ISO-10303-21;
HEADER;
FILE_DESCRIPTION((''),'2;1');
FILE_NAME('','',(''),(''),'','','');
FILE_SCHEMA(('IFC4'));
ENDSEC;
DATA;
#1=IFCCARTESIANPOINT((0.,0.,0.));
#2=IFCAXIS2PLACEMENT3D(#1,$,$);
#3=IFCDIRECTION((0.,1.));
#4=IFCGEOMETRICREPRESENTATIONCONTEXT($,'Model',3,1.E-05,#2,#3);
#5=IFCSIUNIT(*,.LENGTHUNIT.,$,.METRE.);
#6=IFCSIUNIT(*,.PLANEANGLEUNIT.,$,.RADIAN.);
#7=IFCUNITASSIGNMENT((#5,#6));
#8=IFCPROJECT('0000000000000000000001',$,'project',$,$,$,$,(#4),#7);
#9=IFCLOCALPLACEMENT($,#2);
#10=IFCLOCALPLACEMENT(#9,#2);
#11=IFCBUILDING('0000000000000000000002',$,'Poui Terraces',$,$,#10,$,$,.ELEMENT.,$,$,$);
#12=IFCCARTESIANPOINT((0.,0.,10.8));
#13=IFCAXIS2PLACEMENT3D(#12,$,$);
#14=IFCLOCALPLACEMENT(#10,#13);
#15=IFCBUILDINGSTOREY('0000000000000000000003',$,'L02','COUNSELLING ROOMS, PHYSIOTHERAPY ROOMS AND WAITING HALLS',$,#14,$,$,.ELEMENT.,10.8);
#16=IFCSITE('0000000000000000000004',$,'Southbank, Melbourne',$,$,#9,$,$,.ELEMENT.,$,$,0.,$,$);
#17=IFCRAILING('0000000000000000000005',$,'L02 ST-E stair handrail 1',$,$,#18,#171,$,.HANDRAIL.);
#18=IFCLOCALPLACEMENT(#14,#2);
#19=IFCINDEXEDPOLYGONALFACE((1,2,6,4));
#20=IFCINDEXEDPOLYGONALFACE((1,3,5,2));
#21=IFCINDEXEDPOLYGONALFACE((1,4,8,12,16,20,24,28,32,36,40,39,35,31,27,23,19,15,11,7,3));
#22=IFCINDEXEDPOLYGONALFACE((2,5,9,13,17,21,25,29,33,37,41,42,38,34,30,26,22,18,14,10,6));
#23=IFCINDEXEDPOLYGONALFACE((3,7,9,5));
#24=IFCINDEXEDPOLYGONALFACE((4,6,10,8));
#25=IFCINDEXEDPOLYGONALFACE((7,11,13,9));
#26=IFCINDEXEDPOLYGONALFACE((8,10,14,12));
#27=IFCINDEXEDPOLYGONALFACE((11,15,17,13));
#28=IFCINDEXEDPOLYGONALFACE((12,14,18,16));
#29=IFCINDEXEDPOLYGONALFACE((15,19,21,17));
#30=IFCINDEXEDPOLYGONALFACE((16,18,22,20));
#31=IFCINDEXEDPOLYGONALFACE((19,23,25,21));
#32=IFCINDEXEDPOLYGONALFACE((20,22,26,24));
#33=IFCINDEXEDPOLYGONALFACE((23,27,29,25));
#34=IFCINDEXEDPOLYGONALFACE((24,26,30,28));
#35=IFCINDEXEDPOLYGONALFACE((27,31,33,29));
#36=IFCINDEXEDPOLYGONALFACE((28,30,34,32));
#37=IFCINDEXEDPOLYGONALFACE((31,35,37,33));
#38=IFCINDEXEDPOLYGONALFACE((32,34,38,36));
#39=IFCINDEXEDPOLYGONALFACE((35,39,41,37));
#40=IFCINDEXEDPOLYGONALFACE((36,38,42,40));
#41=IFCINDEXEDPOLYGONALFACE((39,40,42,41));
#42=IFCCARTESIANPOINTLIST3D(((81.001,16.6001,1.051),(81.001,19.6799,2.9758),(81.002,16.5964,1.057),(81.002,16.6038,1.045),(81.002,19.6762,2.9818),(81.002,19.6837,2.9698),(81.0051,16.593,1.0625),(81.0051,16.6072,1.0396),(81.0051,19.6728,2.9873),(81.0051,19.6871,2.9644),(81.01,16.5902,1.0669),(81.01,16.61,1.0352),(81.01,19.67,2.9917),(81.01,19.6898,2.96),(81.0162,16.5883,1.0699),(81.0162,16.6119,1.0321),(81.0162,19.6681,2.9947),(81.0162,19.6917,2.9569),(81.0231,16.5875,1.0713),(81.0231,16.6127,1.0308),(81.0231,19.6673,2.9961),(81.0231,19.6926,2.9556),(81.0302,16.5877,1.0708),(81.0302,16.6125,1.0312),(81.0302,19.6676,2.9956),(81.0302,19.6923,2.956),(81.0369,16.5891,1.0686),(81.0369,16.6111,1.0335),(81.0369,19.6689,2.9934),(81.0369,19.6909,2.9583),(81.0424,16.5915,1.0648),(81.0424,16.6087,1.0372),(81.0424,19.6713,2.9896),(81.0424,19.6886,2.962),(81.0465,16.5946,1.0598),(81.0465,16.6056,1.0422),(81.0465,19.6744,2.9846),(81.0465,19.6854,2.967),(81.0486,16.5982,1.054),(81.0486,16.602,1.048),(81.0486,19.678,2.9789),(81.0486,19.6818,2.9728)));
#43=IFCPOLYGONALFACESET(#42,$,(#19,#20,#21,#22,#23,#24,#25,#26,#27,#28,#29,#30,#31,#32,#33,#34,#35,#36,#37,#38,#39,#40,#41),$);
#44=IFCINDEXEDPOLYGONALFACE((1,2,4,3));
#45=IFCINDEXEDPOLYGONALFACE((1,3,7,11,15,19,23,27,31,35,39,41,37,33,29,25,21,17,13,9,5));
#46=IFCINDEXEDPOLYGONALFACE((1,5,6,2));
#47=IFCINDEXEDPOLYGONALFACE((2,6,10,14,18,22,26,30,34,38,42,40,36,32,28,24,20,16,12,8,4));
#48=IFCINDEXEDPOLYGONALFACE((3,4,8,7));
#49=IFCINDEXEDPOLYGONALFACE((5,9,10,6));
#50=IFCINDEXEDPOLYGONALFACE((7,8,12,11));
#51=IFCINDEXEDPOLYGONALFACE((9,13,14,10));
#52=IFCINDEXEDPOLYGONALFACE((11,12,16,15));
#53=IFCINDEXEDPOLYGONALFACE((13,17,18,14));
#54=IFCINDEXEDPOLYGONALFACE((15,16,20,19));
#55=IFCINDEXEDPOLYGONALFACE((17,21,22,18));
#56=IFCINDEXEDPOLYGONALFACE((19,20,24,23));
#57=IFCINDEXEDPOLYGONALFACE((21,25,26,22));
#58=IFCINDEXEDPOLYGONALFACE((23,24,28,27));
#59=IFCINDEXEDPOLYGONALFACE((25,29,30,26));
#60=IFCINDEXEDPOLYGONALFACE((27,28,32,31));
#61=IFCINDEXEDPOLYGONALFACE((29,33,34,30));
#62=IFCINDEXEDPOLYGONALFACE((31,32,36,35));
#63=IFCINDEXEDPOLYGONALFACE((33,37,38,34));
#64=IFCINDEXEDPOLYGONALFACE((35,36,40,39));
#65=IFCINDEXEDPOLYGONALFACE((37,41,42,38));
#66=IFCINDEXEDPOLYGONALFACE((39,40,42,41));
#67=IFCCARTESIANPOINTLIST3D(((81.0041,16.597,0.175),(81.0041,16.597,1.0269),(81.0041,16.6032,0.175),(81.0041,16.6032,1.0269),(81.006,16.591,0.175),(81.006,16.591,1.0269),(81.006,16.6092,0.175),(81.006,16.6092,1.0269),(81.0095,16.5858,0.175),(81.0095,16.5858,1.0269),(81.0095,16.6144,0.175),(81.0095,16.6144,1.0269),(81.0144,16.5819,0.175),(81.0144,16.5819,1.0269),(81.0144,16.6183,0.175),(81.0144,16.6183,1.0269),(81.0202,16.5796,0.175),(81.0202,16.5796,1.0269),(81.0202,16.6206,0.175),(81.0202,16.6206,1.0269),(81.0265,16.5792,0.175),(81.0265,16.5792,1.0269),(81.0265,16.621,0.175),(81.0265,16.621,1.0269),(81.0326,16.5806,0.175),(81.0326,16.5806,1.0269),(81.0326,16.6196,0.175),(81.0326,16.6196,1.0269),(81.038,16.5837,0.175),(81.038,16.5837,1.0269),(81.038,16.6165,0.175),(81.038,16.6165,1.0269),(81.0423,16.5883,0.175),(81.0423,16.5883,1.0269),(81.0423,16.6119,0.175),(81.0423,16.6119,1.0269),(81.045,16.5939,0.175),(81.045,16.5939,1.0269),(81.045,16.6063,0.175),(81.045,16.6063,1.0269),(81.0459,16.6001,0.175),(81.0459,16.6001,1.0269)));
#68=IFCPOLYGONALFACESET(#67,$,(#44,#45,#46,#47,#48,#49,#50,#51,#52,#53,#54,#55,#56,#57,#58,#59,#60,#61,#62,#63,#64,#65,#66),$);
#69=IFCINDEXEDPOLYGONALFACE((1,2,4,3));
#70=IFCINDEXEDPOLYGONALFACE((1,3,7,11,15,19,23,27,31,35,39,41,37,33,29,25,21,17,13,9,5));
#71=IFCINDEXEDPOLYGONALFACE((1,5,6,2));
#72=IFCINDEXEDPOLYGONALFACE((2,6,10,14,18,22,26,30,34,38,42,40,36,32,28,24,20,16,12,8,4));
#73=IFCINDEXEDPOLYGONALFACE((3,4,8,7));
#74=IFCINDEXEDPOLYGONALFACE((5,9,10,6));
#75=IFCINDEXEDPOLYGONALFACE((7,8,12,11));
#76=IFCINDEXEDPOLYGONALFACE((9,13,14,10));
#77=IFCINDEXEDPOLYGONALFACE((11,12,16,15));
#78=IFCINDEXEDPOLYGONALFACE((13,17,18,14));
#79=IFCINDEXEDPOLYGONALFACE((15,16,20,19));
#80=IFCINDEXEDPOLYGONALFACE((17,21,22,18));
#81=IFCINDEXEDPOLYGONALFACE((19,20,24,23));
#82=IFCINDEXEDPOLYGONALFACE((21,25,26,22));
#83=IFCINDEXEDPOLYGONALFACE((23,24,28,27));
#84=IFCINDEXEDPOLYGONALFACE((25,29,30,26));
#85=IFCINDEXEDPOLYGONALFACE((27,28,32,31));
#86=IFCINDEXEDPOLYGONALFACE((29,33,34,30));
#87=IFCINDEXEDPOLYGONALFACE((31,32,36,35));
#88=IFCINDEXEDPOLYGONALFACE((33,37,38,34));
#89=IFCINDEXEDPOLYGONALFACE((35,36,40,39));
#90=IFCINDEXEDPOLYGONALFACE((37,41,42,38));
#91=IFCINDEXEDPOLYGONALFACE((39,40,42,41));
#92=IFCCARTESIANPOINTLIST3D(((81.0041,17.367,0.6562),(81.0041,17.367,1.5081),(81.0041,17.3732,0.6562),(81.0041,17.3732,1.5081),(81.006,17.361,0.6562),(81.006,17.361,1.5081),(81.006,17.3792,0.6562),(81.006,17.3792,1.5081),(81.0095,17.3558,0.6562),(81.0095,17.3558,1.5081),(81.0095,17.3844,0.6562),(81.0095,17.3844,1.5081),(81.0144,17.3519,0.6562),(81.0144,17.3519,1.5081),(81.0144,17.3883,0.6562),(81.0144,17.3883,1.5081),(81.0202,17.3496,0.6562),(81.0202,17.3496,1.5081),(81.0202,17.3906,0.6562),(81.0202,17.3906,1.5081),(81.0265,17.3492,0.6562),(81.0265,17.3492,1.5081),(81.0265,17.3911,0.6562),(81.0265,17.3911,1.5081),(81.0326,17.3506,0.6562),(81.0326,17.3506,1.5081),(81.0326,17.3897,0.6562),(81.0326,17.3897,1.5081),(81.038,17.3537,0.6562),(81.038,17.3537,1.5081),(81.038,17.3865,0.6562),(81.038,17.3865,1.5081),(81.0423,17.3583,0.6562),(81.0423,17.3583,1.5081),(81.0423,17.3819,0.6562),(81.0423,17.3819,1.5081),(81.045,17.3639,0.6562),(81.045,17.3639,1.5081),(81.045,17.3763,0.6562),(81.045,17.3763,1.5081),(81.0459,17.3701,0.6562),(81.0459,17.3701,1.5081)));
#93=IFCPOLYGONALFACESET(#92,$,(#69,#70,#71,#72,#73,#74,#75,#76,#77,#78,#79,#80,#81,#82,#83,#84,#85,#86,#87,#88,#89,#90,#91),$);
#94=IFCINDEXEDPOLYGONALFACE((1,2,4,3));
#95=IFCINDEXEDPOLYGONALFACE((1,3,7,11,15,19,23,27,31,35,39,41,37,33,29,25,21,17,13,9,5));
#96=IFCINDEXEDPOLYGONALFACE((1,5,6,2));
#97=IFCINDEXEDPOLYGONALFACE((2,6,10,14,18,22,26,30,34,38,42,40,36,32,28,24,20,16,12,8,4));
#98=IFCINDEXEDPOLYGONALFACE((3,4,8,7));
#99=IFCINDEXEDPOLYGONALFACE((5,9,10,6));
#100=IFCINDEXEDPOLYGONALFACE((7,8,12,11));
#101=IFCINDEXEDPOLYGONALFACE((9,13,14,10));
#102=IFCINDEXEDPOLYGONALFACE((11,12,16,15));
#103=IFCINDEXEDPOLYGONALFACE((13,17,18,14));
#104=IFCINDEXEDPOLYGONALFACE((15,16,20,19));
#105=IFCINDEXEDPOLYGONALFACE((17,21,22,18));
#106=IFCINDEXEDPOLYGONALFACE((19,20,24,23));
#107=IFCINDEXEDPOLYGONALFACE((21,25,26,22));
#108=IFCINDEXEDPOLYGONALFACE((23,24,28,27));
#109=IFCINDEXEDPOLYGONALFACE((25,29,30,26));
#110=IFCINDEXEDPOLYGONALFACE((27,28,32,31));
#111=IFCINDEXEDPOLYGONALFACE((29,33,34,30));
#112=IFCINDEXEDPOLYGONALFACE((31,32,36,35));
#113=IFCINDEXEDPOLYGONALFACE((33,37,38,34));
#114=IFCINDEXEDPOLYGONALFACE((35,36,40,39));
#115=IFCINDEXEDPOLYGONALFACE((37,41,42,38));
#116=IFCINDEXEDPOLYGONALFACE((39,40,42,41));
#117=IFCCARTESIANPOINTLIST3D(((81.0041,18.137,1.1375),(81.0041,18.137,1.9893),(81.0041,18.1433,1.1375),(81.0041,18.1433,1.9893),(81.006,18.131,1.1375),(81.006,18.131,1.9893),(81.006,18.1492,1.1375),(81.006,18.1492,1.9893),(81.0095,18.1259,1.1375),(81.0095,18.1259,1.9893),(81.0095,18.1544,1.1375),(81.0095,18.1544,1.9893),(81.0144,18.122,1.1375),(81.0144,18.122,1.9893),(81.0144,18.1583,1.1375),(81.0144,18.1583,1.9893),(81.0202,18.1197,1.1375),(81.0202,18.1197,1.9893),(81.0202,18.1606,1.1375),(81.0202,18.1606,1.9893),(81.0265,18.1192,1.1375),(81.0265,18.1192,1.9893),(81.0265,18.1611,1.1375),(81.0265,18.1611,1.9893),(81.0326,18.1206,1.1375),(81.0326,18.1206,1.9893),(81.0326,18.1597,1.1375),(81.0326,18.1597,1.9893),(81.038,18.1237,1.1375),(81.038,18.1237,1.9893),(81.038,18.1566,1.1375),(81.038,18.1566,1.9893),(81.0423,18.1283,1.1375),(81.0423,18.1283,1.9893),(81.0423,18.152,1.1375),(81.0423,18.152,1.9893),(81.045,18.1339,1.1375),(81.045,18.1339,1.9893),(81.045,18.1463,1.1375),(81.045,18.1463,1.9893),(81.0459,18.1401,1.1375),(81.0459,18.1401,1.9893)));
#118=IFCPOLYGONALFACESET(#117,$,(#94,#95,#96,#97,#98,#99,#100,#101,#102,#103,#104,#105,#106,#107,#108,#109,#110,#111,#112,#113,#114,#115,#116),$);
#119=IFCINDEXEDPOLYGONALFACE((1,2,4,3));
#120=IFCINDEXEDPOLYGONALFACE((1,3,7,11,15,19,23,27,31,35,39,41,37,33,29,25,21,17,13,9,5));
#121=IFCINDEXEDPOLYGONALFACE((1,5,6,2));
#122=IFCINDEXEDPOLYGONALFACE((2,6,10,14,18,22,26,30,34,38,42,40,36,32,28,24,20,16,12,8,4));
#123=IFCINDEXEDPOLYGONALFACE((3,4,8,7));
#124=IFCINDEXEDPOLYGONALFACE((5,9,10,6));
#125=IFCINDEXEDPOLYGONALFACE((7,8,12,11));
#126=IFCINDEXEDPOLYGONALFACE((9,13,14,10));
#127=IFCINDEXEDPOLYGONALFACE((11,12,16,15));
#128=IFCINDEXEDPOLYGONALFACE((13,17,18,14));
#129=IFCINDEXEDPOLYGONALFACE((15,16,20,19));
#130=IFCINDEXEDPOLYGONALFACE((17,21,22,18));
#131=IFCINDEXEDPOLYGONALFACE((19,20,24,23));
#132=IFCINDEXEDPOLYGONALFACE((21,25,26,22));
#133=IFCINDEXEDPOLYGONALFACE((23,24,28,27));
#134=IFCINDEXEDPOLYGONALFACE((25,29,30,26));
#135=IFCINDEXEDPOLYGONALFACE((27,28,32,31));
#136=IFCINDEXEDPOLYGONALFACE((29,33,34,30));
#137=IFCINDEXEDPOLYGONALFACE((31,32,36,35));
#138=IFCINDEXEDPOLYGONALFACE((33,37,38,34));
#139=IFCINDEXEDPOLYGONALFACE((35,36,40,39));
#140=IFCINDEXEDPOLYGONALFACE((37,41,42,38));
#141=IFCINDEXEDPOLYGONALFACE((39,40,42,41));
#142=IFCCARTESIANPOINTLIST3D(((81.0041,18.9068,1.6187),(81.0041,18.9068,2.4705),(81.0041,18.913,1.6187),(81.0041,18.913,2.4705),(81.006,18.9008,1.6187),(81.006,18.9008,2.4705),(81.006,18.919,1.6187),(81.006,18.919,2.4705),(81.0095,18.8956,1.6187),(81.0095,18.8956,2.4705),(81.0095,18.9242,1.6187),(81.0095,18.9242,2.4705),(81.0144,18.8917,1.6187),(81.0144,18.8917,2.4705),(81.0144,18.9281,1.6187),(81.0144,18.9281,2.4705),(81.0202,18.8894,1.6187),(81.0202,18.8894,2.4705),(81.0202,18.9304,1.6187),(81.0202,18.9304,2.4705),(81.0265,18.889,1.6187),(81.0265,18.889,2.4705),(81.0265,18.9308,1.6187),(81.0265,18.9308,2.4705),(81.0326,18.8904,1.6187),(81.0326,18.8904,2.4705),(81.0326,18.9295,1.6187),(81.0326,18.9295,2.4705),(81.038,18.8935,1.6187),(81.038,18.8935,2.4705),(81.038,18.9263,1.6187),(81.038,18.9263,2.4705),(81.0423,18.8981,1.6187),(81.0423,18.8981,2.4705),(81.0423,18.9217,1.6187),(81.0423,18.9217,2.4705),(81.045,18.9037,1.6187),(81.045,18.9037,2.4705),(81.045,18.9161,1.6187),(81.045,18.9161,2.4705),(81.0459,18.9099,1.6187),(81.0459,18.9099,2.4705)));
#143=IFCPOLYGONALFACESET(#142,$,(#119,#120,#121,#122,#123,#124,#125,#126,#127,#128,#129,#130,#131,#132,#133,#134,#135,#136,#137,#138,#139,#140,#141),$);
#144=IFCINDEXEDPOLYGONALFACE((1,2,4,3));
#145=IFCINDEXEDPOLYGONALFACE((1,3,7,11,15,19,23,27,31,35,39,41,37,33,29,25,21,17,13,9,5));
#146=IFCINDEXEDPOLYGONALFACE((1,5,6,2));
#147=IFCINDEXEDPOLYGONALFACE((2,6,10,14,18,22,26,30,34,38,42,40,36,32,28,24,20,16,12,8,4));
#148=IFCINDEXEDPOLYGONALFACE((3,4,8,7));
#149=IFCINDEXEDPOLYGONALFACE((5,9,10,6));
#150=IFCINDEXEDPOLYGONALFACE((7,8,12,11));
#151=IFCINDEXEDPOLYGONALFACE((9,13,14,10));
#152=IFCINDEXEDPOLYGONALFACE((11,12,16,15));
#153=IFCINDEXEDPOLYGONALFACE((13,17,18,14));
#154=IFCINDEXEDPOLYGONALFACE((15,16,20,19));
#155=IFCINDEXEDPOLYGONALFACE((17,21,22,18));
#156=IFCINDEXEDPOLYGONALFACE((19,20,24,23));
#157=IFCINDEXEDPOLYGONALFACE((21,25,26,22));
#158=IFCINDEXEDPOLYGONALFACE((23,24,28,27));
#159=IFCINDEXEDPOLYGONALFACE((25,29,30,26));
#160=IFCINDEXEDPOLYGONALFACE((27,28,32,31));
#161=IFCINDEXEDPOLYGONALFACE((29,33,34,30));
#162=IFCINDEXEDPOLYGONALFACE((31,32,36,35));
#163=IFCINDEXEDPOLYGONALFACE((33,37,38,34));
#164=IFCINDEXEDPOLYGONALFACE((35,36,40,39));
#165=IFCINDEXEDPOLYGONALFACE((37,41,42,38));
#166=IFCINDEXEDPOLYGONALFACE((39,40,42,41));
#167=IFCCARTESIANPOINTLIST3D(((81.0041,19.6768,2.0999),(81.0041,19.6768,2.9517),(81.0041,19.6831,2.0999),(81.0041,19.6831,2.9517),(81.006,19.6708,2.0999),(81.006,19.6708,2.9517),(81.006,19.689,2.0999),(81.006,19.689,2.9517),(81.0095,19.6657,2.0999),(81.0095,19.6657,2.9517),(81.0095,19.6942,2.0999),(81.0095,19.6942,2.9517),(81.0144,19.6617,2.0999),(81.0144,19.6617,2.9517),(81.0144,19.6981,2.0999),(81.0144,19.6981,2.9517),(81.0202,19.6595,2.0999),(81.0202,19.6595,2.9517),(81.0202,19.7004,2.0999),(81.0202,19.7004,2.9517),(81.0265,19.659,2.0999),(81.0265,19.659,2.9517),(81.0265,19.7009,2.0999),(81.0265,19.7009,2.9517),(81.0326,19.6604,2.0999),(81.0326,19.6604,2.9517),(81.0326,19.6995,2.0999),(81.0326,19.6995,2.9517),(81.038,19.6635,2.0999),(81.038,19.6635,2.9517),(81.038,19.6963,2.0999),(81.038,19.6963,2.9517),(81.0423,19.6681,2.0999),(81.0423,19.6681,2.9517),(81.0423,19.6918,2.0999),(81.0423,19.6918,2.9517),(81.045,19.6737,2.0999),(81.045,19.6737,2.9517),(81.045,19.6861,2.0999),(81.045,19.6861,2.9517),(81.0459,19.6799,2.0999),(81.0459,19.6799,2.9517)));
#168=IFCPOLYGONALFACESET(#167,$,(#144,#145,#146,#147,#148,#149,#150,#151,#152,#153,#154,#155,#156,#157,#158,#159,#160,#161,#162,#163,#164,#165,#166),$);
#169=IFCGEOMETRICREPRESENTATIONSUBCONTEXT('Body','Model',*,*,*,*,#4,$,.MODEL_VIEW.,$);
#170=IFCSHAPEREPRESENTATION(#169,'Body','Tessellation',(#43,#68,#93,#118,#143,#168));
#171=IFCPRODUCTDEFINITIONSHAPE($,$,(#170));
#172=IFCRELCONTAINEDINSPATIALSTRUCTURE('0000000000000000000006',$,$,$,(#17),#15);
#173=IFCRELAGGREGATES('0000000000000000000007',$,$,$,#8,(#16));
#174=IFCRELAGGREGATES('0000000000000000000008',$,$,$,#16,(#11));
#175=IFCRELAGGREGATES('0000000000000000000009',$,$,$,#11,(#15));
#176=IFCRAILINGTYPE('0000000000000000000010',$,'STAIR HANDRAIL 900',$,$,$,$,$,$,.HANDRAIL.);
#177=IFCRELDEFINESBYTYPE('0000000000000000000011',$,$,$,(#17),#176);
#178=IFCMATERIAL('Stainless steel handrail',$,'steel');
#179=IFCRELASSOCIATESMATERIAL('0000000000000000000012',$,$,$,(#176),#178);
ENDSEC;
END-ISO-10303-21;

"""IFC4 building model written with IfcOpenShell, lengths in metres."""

from ifc_helpers import new_model, si_unit, direction, frame, origin, origin_2d, place, context, subcontext, project, spatial, circle, extrude, material, type_object, element, save


model = new_model("IFC4")

# Units and contexts
model_context = context("Model", 3, precision=1e-05, world=origin(), true_north=direction((0.0, 1.0)))
body_context = subcontext(model_context, "Body", "Model", "MODEL_VIEW")
ifc_project = project(units=[si_unit("LENGTHUNIT", "METRE"), si_unit("PLANEANGLEUNIT", "RADIAN")], contexts=[model_context])

# Site, building, storey
site_placement = place(None, origin())
site = spatial("IfcSite", under=ifc_project, at=site_placement, Name="Southbank, Melbourne", CompositionType="ELEMENT", RefElevation=0.0)
building_placement = place(site_placement, origin())
building = spatial("IfcBuilding", under=site, at=building_placement, Name="Poui Terraces", CompositionType="ELEMENT")
storey_placement = place(building_placement, frame((0.0, 0.0, 10.8)))
storey = spatial("IfcBuildingStorey", under=building, at=storey_placement, Name="L02", Description="COUNSELLING ROOMS, PHYSIOTHERAPY ROOMS AND WAITING HALLS", CompositionType="ELEMENT", Elevation=10.8)

# Railing
ifc_material_1 = material(Name="Stainless steel handrail", Category="steel")
railing_type_1 = type_object("IfcRailingType", Name="STAIR HANDRAIL 900", PredefinedType="HANDRAIL", material=ifc_material_1)
railing_1_placement = place(storey_placement, frame((81.0249, 16.6001, 0.175)))
element("IfcRailing", 1, at=railing_1_placement, inside=storey, type_object=railing_type_1, Name="L02 ST-E stair handrail 1", PredefinedType="HANDRAIL", context=body_context, shape_type="SweptSolid", body=[
    extrude(circle(Radius=0.0239, at=origin_2d()), frame((0.0, 0.0, 0.876), z_axis=(0.0, 0.84801, 0.529981), x_axis=(-1.0, 0.0, 0.0)), (0.0, 0.0, 1.0), 3.6318),
    extrude(circle(Radius=0.021, at=origin_2d()), origin(), (0.0, 0.0, 1.0), 0.8518),
    extrude(circle(Radius=0.021, at=origin_2d()), frame((0.0, 0.77, 0.4812)), (0.0, 0.0, 1.0), 0.8518),
    extrude(circle(Radius=0.021, at=origin_2d()), frame((0.0, 1.54, 0.9624)), (0.0, 0.0, 1.0), 0.8518),
    extrude(circle(Radius=0.021, at=origin_2d()), frame((0.0, 2.3098, 1.4436)), (0.0, 0.0, 1.0), 0.8518),
    extrude(circle(Radius=0.021, at=origin_2d()), frame((0.0, 3.0798, 1.9248)), (0.0, 0.0, 1.0), 0.8518),
])

save(model, "model.ifc")
